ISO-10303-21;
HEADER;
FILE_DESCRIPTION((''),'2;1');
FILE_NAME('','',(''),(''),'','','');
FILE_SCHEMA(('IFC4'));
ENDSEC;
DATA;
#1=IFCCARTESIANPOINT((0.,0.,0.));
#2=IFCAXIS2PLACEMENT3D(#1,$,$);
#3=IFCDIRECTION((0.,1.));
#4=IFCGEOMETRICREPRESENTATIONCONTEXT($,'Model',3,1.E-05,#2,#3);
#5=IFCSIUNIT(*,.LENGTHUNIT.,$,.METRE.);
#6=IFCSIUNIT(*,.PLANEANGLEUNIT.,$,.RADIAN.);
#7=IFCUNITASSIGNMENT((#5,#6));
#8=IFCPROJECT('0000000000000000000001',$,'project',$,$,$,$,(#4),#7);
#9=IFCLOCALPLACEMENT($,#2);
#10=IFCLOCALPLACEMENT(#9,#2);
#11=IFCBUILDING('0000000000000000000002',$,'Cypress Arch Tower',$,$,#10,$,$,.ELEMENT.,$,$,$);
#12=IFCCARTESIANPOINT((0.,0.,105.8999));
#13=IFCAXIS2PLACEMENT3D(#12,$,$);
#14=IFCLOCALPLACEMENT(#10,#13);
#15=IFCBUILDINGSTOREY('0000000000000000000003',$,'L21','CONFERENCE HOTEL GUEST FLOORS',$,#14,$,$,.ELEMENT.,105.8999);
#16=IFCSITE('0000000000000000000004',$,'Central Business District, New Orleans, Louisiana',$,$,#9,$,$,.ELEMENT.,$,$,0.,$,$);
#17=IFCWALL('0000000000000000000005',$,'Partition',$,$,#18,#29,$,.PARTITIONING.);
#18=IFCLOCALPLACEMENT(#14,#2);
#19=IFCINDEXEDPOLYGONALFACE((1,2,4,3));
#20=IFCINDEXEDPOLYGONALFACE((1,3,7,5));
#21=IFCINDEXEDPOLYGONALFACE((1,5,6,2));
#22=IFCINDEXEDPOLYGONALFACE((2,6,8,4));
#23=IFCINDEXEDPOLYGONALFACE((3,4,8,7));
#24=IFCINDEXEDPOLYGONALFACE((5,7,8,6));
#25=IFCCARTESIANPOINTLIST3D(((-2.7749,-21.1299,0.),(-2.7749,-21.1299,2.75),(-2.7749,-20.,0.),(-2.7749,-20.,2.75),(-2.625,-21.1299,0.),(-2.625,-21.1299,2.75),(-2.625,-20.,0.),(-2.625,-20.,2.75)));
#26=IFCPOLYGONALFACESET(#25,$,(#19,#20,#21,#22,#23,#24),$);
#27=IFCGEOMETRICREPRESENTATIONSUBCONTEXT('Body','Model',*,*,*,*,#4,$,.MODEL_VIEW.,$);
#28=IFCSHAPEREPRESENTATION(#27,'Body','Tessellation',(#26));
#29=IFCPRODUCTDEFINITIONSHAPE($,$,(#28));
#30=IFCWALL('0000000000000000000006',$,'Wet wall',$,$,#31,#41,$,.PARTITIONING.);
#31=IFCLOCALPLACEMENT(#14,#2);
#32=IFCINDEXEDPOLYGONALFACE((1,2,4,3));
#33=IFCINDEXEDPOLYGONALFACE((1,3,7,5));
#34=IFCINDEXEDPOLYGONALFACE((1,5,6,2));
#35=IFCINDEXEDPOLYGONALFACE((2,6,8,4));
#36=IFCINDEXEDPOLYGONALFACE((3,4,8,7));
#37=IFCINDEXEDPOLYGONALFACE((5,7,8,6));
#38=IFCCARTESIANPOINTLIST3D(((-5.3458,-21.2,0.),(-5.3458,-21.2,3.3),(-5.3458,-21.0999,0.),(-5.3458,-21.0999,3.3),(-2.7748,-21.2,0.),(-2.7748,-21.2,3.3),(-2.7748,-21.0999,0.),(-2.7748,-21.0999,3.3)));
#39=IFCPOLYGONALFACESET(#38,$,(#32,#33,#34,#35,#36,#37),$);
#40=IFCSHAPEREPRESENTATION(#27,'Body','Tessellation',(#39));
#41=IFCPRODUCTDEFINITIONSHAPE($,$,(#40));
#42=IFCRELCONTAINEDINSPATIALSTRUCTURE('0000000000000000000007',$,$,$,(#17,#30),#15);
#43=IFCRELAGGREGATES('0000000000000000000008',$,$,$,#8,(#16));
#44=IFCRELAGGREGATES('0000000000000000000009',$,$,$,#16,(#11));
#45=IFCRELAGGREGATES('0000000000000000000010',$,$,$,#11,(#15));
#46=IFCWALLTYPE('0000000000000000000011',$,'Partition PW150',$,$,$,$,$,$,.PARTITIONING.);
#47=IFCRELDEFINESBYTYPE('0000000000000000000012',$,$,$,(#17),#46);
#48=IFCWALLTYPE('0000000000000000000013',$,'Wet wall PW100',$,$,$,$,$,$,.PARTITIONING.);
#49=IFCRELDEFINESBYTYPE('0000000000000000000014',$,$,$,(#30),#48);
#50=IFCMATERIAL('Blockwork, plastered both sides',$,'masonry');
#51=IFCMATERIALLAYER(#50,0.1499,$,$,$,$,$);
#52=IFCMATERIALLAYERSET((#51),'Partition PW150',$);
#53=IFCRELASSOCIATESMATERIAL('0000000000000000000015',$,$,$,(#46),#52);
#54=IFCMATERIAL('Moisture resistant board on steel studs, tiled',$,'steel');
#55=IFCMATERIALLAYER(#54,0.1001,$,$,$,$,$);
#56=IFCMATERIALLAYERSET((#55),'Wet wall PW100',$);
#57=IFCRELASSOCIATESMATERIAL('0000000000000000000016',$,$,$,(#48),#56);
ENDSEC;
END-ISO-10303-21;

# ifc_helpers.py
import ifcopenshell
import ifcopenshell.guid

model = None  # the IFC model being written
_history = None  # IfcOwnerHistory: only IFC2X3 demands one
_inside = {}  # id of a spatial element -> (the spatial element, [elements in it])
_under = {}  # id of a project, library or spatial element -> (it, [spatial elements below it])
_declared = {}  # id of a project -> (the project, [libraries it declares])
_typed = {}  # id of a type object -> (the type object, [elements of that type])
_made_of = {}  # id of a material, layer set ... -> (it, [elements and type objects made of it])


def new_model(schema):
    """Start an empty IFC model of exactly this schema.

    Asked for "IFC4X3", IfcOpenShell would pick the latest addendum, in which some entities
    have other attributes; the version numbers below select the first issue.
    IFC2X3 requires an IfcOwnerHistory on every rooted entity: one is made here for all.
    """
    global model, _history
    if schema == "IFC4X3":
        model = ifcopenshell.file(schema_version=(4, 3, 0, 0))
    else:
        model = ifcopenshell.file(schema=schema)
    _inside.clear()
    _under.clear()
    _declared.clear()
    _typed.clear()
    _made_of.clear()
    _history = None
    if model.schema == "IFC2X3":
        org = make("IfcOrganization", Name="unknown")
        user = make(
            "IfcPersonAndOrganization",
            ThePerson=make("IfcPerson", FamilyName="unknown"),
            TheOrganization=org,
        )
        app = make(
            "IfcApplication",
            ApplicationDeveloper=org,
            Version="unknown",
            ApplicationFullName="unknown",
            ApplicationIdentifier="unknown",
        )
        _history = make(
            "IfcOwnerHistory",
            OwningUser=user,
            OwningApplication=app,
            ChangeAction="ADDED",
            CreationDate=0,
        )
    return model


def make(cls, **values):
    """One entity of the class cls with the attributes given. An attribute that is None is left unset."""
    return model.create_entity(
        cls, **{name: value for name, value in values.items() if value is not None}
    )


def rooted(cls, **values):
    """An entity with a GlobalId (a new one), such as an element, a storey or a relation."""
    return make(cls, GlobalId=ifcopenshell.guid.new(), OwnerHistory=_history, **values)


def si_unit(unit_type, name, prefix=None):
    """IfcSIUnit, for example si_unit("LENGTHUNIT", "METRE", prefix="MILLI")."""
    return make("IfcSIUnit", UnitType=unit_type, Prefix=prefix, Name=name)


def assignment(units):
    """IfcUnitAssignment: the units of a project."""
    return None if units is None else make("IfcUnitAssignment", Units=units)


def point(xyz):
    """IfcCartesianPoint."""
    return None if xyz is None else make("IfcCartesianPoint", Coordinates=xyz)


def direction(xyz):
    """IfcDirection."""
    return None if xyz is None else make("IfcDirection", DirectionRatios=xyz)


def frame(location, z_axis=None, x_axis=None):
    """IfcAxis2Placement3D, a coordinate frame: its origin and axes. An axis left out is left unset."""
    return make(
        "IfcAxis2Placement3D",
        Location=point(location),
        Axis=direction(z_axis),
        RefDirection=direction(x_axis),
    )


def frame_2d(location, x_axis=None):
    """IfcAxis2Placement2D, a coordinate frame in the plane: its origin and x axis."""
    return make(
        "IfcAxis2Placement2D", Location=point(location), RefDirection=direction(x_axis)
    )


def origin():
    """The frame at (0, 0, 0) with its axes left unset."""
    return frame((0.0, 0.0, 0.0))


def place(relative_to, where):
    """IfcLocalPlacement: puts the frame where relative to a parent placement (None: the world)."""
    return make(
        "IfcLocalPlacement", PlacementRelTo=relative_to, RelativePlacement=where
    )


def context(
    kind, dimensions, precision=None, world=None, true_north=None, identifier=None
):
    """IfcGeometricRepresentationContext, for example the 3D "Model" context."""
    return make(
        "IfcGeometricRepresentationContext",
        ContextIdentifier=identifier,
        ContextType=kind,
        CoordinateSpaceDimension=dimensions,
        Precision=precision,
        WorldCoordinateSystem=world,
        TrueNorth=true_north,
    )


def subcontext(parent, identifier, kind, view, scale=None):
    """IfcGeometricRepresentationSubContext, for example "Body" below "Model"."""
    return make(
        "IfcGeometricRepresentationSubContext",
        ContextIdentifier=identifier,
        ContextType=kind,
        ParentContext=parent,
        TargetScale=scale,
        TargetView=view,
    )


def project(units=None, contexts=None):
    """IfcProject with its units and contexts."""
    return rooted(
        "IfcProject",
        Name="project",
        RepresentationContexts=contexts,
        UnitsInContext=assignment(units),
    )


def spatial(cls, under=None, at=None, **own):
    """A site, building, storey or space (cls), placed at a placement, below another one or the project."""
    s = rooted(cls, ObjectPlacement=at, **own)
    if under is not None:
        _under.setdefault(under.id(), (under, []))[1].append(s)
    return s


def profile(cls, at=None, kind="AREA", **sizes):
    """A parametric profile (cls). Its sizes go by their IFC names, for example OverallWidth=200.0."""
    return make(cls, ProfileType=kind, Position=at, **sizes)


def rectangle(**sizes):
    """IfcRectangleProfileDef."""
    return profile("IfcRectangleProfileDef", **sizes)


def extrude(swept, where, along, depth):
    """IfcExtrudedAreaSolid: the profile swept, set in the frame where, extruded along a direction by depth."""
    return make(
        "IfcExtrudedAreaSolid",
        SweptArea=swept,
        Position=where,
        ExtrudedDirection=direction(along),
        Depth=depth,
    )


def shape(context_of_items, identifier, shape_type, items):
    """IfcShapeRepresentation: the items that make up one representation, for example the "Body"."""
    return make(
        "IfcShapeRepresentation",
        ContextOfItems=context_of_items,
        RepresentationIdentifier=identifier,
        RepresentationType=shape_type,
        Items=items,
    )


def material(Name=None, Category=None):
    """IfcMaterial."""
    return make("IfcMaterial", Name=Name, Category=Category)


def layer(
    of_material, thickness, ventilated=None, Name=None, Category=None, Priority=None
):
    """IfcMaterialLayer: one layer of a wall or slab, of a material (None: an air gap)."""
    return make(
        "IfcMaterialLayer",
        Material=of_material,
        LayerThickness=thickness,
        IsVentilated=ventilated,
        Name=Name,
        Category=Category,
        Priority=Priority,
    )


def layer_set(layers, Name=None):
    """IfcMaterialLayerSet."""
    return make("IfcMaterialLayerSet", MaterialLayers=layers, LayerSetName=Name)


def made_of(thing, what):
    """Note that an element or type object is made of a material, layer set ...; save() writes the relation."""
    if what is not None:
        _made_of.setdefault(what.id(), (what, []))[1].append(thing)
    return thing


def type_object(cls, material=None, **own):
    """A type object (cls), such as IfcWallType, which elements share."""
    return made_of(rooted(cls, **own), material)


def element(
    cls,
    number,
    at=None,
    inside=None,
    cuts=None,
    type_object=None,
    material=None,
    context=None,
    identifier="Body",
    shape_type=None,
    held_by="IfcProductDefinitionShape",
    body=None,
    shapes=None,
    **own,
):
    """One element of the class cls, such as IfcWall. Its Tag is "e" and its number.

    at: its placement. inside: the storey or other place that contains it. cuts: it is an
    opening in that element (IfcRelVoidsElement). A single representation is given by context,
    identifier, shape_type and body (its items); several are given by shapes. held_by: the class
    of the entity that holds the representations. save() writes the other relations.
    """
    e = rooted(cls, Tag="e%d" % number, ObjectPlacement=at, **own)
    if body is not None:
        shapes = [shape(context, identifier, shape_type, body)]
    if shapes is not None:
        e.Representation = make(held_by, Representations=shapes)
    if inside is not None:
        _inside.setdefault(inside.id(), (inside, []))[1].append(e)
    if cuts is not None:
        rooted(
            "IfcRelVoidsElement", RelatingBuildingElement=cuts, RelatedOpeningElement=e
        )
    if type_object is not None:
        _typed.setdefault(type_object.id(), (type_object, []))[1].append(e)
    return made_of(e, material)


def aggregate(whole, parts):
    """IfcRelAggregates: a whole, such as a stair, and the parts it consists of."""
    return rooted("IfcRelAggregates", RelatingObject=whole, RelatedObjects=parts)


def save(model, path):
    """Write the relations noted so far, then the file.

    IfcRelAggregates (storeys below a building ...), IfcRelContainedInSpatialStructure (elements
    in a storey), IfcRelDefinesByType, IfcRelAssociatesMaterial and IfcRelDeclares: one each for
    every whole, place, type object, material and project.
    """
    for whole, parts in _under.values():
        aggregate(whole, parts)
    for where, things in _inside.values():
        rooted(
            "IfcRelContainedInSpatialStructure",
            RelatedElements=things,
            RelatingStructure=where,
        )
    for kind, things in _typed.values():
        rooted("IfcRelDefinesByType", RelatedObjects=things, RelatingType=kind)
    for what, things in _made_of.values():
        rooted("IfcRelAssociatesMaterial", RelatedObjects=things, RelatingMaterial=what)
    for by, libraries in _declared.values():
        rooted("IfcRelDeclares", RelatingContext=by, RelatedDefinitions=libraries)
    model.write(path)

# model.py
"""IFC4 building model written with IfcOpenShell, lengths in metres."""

from ifc_helpers import new_model, si_unit, direction, frame, frame_2d, origin, place, context, subcontext, project, spatial, rectangle, extrude, material, layer, layer_set, type_object, element, save


model = new_model("IFC4")

# Units and contexts
model_context = context("Model", 3, precision=1e-05, world=origin(), true_north=direction((0.0, 1.0)))
body_context = subcontext(model_context, "Body", "Model", "MODEL_VIEW")
ifc_project = project(units=[si_unit("LENGTHUNIT", "METRE"), si_unit("PLANEANGLEUNIT", "RADIAN")], contexts=[model_context])

# Site, building, storey
site_placement = place(None, origin())
site = spatial("IfcSite", under=ifc_project, at=site_placement, Name="Central Business District, New Orleans, Louisiana", CompositionType="ELEMENT", RefElevation=0.0)
building_placement = place(site_placement, origin())
building = spatial("IfcBuilding", under=site, at=building_placement, Name="Cypress Arch Tower", CompositionType="ELEMENT")
storey_placement = place(building_placement, frame((0.0, 0.0, 105.8999)))
storey = spatial("IfcBuildingStorey", under=building, at=storey_placement, Name="L21", Description="CONFERENCE HOTEL GUEST FLOORS", CompositionType="ELEMENT", Elevation=105.8999)

# Walls
ifc_material_1 = material(Name="Blockwork, plastered both sides", Category="masonry")
ifc_layer_1 = layer(ifc_material_1, 0.1499)
ifc_layer_set_1 = layer_set([ifc_layer_1], Name="Partition PW150")
wall_type_1 = type_object("IfcWallType", Name="Partition PW150", PredefinedType="PARTITIONING", material=ifc_layer_set_1)
for number, where, z_axis, x_axis, name in (
    (1, (-2.7, -21.1299, 0.0), (0.0, 0.0, 1.0), (0.0, 1.0, 0.0), "Partition"),
):
    element("IfcWall", number, at=place(storey_placement, frame(where, z_axis=z_axis, x_axis=x_axis)), inside=storey, type_object=wall_type_1, Name=name, PredefinedType="PARTITIONING", context=body_context, shape_type="SweptSolid", body=[
        extrude(rectangle(XDim=1.1299, YDim=0.1499, at=frame_2d((0.5649, 0.0))), origin(), (0.0, 0.0, 1.0), 2.75),
    ])
ifc_material_2 = material(Name="Moisture resistant board on steel studs, tiled", Category="steel")
ifc_layer_2 = layer(ifc_material_2, 0.1001)
ifc_layer_set_2 = layer_set([ifc_layer_2], Name="Wet wall PW100")
wall_type_2 = type_object("IfcWallType", Name="Wet wall PW100", PredefinedType="PARTITIONING", material=ifc_layer_set_2)
wall_1_placement = place(storey_placement, frame((-5.3459, -21.1499, 0.0), z_axis=(0.0, 0.0, 1.0), x_axis=(1.0, 0.0, 0.0)))
element("IfcWall", 2, at=wall_1_placement, inside=storey, type_object=wall_type_2, Name="Wet wall", PredefinedType="PARTITIONING", context=body_context, shape_type="SweptSolid", body=[
    extrude(rectangle(XDim=2.571, YDim=0.1001, at=frame_2d((1.2856, 0.0))), origin(), (0.0, 0.0, 1.0), 3.3),
])

save(model, "model.ifc")
